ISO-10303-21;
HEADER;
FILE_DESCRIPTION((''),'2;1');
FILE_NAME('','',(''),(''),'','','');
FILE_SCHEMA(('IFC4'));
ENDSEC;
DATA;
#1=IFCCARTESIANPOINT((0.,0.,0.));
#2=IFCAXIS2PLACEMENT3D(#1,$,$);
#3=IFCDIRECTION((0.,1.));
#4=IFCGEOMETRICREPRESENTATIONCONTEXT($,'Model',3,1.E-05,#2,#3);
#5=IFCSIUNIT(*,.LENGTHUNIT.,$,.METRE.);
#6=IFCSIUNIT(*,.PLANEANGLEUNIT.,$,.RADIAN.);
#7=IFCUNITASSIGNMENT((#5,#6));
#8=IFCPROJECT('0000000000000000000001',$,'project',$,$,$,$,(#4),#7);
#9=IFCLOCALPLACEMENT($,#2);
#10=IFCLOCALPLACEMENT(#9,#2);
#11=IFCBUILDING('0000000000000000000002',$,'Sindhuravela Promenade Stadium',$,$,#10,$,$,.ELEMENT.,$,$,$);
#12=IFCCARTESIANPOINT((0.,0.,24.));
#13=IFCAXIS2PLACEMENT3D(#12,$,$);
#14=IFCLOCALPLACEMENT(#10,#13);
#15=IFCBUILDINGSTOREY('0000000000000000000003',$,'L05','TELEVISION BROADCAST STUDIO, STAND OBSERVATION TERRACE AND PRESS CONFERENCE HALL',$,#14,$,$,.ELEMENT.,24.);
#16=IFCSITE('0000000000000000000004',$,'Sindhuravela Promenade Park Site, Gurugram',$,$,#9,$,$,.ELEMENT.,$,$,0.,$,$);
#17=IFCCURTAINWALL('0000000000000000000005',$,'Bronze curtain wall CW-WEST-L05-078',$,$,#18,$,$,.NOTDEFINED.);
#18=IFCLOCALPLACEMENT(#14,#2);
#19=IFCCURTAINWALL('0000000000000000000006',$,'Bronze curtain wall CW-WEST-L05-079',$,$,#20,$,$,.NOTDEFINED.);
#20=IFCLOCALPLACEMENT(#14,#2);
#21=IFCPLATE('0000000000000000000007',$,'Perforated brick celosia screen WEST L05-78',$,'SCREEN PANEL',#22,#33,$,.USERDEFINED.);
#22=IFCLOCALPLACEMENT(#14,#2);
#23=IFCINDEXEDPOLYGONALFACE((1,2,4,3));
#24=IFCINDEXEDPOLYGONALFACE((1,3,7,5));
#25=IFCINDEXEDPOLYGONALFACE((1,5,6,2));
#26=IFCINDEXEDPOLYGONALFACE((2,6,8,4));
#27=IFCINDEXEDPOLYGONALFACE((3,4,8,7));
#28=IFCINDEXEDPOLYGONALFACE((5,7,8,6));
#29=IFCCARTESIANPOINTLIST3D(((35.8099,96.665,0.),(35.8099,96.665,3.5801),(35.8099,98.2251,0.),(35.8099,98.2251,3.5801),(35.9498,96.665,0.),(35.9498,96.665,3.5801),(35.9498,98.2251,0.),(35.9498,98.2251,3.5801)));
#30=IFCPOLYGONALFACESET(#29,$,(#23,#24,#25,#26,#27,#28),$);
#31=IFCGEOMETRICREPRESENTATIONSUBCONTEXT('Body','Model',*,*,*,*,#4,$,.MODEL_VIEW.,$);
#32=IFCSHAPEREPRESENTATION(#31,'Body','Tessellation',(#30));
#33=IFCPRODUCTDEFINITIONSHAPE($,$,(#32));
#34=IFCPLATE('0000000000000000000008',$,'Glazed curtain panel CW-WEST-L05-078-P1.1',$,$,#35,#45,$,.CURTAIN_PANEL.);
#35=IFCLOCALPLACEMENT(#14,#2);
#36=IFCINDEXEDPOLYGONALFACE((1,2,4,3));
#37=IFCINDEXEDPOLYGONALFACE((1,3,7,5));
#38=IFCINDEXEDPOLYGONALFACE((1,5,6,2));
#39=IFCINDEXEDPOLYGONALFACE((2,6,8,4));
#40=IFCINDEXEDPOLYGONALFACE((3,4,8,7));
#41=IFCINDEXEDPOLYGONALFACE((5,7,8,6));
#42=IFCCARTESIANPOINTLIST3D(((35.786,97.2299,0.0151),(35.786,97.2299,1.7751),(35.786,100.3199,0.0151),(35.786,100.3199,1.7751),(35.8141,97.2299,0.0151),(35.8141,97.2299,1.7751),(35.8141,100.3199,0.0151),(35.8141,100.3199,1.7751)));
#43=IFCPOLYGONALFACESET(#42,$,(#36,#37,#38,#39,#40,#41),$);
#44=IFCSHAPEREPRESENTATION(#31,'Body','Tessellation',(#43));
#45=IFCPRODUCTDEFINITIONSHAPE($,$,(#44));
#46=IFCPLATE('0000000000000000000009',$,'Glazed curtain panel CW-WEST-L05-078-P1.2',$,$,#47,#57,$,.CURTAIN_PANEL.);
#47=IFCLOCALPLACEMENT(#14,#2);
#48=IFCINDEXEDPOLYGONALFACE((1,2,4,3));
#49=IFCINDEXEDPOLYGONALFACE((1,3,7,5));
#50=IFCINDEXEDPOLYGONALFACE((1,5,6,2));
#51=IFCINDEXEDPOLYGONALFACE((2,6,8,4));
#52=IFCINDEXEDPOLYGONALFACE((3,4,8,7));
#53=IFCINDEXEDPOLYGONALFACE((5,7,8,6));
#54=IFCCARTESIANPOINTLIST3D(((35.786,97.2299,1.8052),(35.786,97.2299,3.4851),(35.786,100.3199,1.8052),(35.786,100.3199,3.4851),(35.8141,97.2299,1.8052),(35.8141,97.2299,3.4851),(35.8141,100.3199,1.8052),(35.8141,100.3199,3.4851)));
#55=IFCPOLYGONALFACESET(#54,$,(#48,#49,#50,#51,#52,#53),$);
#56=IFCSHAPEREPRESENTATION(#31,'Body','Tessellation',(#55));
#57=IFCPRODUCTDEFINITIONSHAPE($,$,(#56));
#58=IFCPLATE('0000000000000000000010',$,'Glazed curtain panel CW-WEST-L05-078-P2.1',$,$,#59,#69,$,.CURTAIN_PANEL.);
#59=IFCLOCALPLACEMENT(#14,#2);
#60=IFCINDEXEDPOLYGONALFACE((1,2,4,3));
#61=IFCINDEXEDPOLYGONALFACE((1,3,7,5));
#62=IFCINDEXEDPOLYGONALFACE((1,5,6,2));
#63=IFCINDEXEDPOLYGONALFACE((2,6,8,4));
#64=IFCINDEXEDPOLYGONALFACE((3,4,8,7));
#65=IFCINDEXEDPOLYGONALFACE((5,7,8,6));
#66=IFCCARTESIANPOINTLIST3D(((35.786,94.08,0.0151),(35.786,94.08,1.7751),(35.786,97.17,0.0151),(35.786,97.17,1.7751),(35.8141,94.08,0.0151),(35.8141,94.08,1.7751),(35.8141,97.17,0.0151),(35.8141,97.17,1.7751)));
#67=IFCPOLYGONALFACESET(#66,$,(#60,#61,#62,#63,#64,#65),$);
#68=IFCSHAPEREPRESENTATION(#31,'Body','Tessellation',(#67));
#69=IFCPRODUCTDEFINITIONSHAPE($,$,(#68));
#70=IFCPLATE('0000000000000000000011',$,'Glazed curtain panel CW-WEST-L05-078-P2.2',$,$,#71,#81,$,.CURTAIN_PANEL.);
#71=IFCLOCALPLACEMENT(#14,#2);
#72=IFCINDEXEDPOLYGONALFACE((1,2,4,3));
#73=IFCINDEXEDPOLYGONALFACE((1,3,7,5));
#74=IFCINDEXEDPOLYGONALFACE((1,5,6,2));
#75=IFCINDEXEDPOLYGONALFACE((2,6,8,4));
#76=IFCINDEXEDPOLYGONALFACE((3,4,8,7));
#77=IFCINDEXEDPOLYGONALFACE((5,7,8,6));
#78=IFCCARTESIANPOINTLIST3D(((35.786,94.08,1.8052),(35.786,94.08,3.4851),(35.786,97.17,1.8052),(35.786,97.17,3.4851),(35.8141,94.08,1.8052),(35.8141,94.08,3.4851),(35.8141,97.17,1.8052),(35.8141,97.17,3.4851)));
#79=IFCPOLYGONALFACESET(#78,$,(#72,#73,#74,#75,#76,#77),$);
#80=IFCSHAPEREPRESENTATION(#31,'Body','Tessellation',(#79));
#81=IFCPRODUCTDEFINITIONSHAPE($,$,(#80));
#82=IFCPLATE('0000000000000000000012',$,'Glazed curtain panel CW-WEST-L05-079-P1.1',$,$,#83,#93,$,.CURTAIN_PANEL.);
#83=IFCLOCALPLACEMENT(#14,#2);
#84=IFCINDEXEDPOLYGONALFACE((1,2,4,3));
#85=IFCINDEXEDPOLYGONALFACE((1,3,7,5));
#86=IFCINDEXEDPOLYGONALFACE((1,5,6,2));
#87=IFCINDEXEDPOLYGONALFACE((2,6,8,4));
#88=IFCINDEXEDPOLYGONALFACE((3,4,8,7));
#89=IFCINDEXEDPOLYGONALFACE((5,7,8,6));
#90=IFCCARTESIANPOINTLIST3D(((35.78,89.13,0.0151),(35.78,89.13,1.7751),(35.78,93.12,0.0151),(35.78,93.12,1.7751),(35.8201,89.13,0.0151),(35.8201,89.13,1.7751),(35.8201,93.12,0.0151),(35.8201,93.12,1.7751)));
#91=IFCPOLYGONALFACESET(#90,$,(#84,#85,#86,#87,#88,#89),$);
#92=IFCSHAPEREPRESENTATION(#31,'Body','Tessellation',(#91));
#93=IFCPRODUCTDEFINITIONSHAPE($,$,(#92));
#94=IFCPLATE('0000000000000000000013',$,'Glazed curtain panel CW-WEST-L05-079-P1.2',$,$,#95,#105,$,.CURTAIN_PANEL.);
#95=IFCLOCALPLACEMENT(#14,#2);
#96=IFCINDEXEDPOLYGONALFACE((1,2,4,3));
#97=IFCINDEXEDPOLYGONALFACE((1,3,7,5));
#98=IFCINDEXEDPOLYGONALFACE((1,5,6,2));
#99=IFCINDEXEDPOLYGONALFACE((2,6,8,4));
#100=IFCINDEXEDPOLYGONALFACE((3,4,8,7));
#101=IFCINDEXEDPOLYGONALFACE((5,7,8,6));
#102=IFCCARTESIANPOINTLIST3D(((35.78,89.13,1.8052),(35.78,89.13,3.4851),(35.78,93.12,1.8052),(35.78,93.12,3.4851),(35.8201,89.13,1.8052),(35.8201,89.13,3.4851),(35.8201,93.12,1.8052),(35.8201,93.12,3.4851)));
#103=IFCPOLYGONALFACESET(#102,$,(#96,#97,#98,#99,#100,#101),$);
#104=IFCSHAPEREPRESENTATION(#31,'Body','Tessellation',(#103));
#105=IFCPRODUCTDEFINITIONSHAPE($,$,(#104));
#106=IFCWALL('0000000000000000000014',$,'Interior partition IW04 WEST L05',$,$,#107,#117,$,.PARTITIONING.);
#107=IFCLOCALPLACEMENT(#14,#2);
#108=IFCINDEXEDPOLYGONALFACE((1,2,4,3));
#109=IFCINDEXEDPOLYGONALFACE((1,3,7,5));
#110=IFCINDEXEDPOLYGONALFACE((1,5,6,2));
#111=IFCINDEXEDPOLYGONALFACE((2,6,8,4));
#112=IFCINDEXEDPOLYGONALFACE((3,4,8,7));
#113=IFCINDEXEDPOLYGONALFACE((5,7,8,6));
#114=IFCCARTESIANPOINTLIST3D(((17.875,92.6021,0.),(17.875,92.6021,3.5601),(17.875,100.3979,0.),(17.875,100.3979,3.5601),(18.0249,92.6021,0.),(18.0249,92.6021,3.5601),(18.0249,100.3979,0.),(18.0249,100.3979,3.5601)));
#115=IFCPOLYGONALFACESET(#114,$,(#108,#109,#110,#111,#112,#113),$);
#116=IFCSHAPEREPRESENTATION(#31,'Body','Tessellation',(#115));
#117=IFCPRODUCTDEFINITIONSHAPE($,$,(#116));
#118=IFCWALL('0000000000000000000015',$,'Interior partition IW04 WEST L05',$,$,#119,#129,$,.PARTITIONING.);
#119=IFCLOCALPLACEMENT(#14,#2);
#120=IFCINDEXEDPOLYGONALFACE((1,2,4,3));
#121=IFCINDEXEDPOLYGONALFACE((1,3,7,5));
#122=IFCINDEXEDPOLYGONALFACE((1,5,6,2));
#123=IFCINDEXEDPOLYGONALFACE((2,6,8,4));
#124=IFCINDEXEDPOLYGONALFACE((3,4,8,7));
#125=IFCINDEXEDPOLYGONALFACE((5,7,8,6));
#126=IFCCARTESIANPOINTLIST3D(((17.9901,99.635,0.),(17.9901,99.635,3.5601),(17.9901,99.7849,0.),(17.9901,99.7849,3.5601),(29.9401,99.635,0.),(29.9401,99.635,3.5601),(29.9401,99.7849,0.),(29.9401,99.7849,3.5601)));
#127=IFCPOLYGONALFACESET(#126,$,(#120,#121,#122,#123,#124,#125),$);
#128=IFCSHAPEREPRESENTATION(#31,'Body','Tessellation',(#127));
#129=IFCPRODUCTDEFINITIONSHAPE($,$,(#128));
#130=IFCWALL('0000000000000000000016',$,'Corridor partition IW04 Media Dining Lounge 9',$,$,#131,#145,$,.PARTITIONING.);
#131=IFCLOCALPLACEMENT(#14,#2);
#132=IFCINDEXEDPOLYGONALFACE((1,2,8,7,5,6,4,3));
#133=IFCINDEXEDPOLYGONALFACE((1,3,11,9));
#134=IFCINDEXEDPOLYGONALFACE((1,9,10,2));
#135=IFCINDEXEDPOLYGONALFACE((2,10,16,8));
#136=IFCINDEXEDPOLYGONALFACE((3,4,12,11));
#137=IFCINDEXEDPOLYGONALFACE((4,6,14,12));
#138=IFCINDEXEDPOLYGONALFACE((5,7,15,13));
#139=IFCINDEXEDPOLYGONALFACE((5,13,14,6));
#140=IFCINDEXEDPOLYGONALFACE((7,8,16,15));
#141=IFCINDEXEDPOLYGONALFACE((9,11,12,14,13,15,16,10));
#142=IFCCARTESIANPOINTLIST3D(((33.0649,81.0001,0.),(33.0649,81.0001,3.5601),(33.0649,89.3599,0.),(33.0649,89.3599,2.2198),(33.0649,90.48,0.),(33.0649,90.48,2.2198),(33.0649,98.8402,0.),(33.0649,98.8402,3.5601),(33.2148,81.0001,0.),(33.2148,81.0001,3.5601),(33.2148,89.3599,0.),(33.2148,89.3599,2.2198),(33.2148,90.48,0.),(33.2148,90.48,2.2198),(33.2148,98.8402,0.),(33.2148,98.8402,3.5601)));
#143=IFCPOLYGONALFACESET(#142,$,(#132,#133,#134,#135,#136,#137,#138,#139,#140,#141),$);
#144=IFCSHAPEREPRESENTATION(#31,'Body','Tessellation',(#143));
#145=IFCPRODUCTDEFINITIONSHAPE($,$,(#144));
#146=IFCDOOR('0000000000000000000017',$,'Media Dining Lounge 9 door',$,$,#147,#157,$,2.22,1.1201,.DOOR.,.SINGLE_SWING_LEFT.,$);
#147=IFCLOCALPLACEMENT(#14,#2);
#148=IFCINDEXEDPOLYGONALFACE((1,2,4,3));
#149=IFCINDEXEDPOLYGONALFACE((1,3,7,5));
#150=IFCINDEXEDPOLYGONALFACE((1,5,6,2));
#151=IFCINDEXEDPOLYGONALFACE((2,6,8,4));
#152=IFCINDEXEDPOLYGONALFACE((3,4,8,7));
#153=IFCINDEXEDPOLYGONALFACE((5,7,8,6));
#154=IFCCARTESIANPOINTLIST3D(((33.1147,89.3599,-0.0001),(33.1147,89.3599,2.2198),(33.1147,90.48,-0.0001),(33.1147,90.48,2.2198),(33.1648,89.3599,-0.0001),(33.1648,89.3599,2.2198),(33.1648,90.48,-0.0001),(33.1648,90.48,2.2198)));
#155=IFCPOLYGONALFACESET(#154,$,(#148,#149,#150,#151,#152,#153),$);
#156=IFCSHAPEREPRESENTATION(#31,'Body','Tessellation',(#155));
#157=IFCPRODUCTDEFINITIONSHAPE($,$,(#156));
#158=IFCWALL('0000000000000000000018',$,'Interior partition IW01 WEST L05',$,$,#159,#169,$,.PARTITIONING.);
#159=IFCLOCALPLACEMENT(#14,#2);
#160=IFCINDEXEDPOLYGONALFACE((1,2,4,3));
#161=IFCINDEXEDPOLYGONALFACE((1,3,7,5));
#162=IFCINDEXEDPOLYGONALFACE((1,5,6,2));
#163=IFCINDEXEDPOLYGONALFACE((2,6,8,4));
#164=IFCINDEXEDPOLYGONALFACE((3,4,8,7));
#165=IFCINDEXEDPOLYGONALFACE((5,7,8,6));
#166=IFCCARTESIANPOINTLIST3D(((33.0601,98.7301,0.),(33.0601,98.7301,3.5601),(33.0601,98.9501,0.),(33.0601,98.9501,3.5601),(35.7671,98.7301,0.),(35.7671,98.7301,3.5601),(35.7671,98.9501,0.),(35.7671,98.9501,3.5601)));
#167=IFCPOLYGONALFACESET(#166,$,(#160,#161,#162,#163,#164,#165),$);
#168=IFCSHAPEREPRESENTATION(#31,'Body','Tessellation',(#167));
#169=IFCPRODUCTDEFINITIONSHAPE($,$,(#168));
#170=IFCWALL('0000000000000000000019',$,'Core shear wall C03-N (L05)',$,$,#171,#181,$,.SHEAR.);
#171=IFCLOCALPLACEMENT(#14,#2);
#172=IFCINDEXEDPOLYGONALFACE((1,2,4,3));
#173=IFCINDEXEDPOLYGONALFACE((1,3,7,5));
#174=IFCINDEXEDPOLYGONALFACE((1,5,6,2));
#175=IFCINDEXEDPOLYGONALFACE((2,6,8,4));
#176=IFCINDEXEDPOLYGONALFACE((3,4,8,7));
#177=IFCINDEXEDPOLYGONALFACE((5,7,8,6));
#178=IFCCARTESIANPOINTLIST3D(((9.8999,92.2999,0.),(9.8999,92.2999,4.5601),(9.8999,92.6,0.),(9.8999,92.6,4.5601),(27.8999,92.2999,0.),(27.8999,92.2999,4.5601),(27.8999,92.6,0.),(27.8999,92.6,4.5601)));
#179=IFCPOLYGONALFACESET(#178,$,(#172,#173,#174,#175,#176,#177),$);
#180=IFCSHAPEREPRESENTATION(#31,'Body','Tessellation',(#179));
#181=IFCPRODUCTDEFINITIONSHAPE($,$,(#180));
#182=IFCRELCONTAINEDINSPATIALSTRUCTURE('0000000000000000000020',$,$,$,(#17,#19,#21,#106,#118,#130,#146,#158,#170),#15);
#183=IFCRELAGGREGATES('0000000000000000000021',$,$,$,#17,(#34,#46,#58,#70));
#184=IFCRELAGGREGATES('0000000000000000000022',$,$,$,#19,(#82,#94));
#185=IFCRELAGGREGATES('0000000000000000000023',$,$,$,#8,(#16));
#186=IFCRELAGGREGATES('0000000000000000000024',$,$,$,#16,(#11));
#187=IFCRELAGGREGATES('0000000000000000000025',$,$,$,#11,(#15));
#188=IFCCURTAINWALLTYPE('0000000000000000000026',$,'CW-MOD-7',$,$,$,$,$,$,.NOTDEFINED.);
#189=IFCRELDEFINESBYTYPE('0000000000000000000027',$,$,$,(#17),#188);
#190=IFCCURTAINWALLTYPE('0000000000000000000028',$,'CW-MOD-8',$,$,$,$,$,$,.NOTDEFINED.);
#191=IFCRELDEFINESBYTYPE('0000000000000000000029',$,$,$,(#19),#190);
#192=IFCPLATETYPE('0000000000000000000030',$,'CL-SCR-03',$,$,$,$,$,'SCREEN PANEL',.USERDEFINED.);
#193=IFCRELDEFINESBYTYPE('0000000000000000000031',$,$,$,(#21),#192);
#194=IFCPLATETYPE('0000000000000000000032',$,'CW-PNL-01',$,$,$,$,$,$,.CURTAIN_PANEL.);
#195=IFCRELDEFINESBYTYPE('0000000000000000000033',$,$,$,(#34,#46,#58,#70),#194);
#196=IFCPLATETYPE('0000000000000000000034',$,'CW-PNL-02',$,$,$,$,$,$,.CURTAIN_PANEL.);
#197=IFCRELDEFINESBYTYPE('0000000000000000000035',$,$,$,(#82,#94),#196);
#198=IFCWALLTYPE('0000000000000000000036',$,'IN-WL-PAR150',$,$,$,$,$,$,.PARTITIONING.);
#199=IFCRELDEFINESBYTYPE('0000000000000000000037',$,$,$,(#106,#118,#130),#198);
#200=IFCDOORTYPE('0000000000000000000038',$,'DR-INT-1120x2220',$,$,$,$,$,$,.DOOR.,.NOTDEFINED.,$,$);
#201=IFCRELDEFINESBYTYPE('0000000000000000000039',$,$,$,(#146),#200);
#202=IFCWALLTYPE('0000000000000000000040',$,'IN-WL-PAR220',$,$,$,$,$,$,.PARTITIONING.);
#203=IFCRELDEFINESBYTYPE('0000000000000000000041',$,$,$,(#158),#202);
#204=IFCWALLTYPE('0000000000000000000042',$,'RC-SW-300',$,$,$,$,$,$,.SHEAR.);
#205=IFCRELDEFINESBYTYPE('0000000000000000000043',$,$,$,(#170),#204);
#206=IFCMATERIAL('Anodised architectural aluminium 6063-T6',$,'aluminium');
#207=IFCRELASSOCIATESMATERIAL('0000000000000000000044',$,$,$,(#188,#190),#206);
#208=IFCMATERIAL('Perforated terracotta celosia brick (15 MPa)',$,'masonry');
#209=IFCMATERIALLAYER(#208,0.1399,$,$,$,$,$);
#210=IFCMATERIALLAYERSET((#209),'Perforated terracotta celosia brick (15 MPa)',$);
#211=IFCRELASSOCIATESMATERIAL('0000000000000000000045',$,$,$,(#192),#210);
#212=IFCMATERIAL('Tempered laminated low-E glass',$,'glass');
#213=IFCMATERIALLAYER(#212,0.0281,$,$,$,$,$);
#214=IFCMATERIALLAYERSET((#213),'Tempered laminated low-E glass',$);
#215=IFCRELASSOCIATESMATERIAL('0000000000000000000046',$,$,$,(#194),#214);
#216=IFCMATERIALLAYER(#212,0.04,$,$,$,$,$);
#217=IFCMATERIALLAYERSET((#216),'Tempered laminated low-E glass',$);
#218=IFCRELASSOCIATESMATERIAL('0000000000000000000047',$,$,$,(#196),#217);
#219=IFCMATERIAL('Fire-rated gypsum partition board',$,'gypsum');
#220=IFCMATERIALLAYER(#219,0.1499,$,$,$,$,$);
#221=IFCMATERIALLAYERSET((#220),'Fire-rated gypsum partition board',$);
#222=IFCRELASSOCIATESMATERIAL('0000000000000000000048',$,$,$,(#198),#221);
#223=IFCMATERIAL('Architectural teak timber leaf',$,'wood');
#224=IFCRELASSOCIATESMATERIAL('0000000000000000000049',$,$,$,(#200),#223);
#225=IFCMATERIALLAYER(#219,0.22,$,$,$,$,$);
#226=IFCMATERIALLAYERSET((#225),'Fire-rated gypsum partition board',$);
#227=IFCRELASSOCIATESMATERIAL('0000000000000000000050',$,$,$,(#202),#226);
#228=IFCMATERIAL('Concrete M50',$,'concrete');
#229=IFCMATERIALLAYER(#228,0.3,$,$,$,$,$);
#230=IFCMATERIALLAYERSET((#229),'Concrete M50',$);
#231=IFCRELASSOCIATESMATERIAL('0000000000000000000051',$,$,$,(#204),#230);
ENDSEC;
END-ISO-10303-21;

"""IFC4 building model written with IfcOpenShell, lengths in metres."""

from ifc_helpers import new_model, si_unit, direction, frame, frame_2d, origin, origin_2d, place, context, subcontext, project, spatial, rectangle, extrude, material, layer, layer_set, type_object, element, fill, aggregate, save


model = new_model("IFC4")

# Units and contexts
model_context = context("Model", 3, precision=1e-05, world=origin(), true_north=direction((0.0, 1.0)))
body_context = subcontext(model_context, "Body", "Model", "MODEL_VIEW")
ifc_project = project(units=[si_unit("LENGTHUNIT", "METRE"), si_unit("PLANEANGLEUNIT", "RADIAN")], contexts=[model_context])

# Site, building, storey
site_placement = place(None, origin())
site = spatial("IfcSite", under=ifc_project, at=site_placement, Name="Sindhuravela Promenade Park Site, Gurugram", CompositionType="ELEMENT", RefElevation=0.0)
building_placement = place(site_placement, origin())
building = spatial("IfcBuilding", under=site, at=building_placement, Name="Sindhuravela Promenade Stadium", CompositionType="ELEMENT")
storey_placement = place(building_placement, frame((0.0, 0.0, 24.0)))
storey = spatial("IfcBuildingStorey", under=building, at=storey_placement, Name="L05", Description="TELEVISION BROADCAST STUDIO, STAND OBSERVATION TERRACE AND PRESS CONFERENCE HALL", CompositionType="ELEMENT", Elevation=24.0)

# Curtain walls
ifc_material_1 = material(Name="Anodised architectural aluminium 6063-T6", Category="aluminium")
curtain_wall_type_1 = type_object("IfcCurtainWallType", Name="CW-MOD-7", PredefinedType="NOTDEFINED", material=ifc_material_1)
curtain_wall_1_placement = place(storey_placement, origin())
curtain_wall_1 = element("IfcCurtainWall", 1, at=curtain_wall_1_placement, inside=storey, type_object=curtain_wall_type_1, Name="Bronze curtain wall CW-WEST-L05-078", PredefinedType="NOTDEFINED")
curtain_wall_type_2 = type_object("IfcCurtainWallType", Name="CW-MOD-8", PredefinedType="NOTDEFINED", material=ifc_material_1)
curtain_wall_2_placement = place(storey_placement, origin())
curtain_wall_2 = element("IfcCurtainWall", 2, at=curtain_wall_2_placement, inside=storey, type_object=curtain_wall_type_2, Name="Bronze curtain wall CW-WEST-L05-079", PredefinedType="NOTDEFINED")

# Plate
ifc_material_2 = material(Name="Perforated terracotta celosia brick (15 MPa)", Category="masonry")
ifc_layer_1 = layer(ifc_material_2, 0.1399)
ifc_layer_set_1 = layer_set([ifc_layer_1], Name="Perforated terracotta celosia brick (15 MPa)")
plate_type_1 = type_object("IfcPlateType", Name="CL-SCR-03", ElementType="SCREEN PANEL", PredefinedType="USERDEFINED", material=ifc_layer_set_1)
plate_1_placement = place(storey_placement, frame((35.8799, 97.4451, 0.0), z_axis=(0.0, 0.0, 1.0), x_axis=(0.0, -1.0, 0.0)))
element("IfcPlate", 3, at=plate_1_placement, inside=storey, type_object=plate_type_1, Name="Perforated brick celosia screen WEST L05-78", ObjectType="SCREEN PANEL", PredefinedType="USERDEFINED", context=body_context, shape_type="SweptSolid", body=[
    extrude(rectangle(XDim=1.5601, YDim=0.1399, at=origin_2d()), origin(), (0.0, 0.0, 1.0), 3.5801),
])

# Plates
ifc_material_3 = material(Name="Tempered laminated low-E glass", Category="glass")
ifc_layer_2 = layer(ifc_material_3, 0.0281)
ifc_layer_set_2 = layer_set([ifc_layer_2], Name="Tempered laminated low-E glass")
plate_type_2 = type_object("IfcPlateType", Name="CW-PNL-01", PredefinedType="CURTAIN_PANEL", material=ifc_layer_set_2)
plate_2_placement = place(storey_placement, frame((35.8, 98.7749, 0.0151), z_axis=(0.0, 0.0, 1.0), x_axis=(0.0, -1.0, 0.0)))
plate_2 = element("IfcPlate", 4, at=plate_2_placement, type_object=plate_type_2, Name="Glazed curtain panel CW-WEST-L05-078-P1.1", PredefinedType="CURTAIN_PANEL", context=body_context, shape_type="SweptSolid", body=[
    extrude(rectangle(XDim=3.0901, YDim=0.0281, at=origin_2d()), origin(), (0.0, 0.0, 1.0), 1.76),
])
plate_3_placement = place(storey_placement, frame((35.8, 98.7749, 1.8052), z_axis=(0.0, 0.0, 1.0), x_axis=(0.0, -1.0, 0.0)))
plate_3 = element("IfcPlate", 5, at=plate_3_placement, type_object=plate_type_2, Name="Glazed curtain panel CW-WEST-L05-078-P1.2", PredefinedType="CURTAIN_PANEL", context=body_context, shape_type="SweptSolid", body=[
    extrude(rectangle(XDim=3.0901, YDim=0.0281, at=origin_2d()), origin(), (0.0, 0.0, 1.0), 1.6799),
])
plate_4_placement = place(storey_placement, frame((35.8, 95.625, 0.0151), z_axis=(0.0, 0.0, 1.0), x_axis=(0.0, -1.0, 0.0)))
plate_4 = element("IfcPlate", 6, at=plate_4_placement, type_object=plate_type_2, Name="Glazed curtain panel CW-WEST-L05-078-P2.1", PredefinedType="CURTAIN_PANEL", context=body_context, shape_type="SweptSolid", body=[
    extrude(rectangle(XDim=3.0901, YDim=0.0281, at=origin_2d()), origin(), (0.0, 0.0, 1.0), 1.76),
])
plate_5_placement = place(storey_placement, frame((35.8, 95.625, 1.8052), z_axis=(0.0, 0.0, 1.0), x_axis=(0.0, -1.0, 0.0)))
plate_5 = element("IfcPlate", 7, at=plate_5_placement, type_object=plate_type_2, Name="Glazed curtain panel CW-WEST-L05-078-P2.2", PredefinedType="CURTAIN_PANEL", context=body_context, shape_type="SweptSolid", body=[
    extrude(rectangle(XDim=3.0901, YDim=0.0281, at=origin_2d()), origin(), (0.0, 0.0, 1.0), 1.6799),
])
aggregate(curtain_wall_1, [plate_2, plate_3, plate_4, plate_5])
ifc_layer_3 = layer(ifc_material_3, 0.04)
ifc_layer_set_3 = layer_set([ifc_layer_3], Name="Tempered laminated low-E glass")
plate_type_3 = type_object("IfcPlateType", Name="CW-PNL-02", PredefinedType="CURTAIN_PANEL", material=ifc_layer_set_3)
plate_6_placement = place(storey_placement, frame((35.8, 91.125, 0.0151), z_axis=(0.0, 0.0, 1.0), x_axis=(0.0, -1.0, 0.0)))
plate_6 = element("IfcPlate", 8, at=plate_6_placement, type_object=plate_type_3, Name="Glazed curtain panel CW-WEST-L05-079-P1.1", PredefinedType="CURTAIN_PANEL", context=body_context, shape_type="SweptSolid", body=[
    extrude(rectangle(XDim=3.99, YDim=0.04, at=origin_2d()), origin(), (0.0, 0.0, 1.0), 1.76),
])
plate_7_placement = place(storey_placement, frame((35.8, 91.125, 1.8052), z_axis=(0.0, 0.0, 1.0), x_axis=(0.0, -1.0, 0.0)))
plate_7 = element("IfcPlate", 9, at=plate_7_placement, type_object=plate_type_3, Name="Glazed curtain panel CW-WEST-L05-079-P1.2", PredefinedType="CURTAIN_PANEL", context=body_context, shape_type="SweptSolid", body=[
    extrude(rectangle(XDim=3.99, YDim=0.04, at=origin_2d()), origin(), (0.0, 0.0, 1.0), 1.6799),
])
aggregate(curtain_wall_2, [plate_6, plate_7])

# Walls
ifc_material_4 = material(Name="Fire-rated gypsum partition board", Category="gypsum")
ifc_layer_4 = layer(ifc_material_4, 0.1499)
ifc_layer_set_4 = layer_set([ifc_layer_4], Name="Fire-rated gypsum partition board")
wall_type_1 = type_object("IfcWallType", Name="IN-WL-PAR150", PredefinedType="PARTITIONING", material=ifc_layer_set_4)
wall_1_placement = place(storey_placement, frame((17.95, 100.3979, 0.0), z_axis=(0.0, 0.0, 1.0), x_axis=(0.0, -1.0, 0.0)))
element("IfcWall", 10, at=wall_1_placement, inside=storey, type_object=wall_type_1, Name="Interior partition IW04 WEST L05", PredefinedType="PARTITIONING", context=body_context, shape_type="SweptSolid", body=[
    extrude(rectangle(XDim=7.7959, YDim=0.1499, at=frame_2d((3.8979, 0.0))), origin(), (0.0, 0.0, 1.0), 3.5601),
])
wall_2_placement = place(storey_placement, frame((17.99, 99.71, 0.0), z_axis=(0.0, 0.0, 1.0), x_axis=(1.0, 0.0, 0.0)))
element("IfcWall", 11, at=wall_2_placement, inside=storey, type_object=wall_type_1, Name="Interior partition IW04 WEST L05", PredefinedType="PARTITIONING", context=body_context, shape_type="SweptSolid", body=[
    extrude(rectangle(XDim=11.95, YDim=0.1499, at=frame_2d((5.9751, 0.0))), origin(), (0.0, 0.0, 1.0), 3.5601),
])

# Wall, opening, door
wall_3_placement = place(storey_placement, frame((33.1399, 98.8401, 0.0), z_axis=(0.0, 0.0, 1.0), x_axis=(0.0, -1.0, 0.0)))
wall_3 = element("IfcWall", 12, at=wall_3_placement, inside=storey, type_object=wall_type_1, Name="Corridor partition IW04 Media Dining Lounge 9", PredefinedType="PARTITIONING", context=body_context, shape_type="SweptSolid", body=[
    extrude(rectangle(XDim=17.8401, YDim=0.1499, at=frame_2d((8.9199, 0.0))), origin(), (0.0, 0.0, 1.0), 3.5601),
])
opening_1_placement = place(wall_3_placement, frame((8.3601, 0.0, 0.0)))
opening_1 = element("IfcOpeningElement", 13, at=opening_1_placement, cuts=wall_3, PredefinedType="OPENING", context=body_context, shape_type="SweptSolid", body=[
    extrude(rectangle(XDim=1.1201, YDim=2.22, at=frame_2d((0.5601, 1.1099))), frame((0.0, 0.085, 0.0), z_axis=(0.0, -1.0, 0.0), x_axis=(1.0, 0.0, 0.0)), (0.0, 0.0, 1.0), 0.1699),
])
ifc_material_5 = material(Name="Architectural teak timber leaf", Category="wood")
door_type_1 = type_object("IfcDoorType", Name="DR-INT-1120x2220", OperationType="NOTDEFINED", PredefinedType="DOOR", material=ifc_material_5)
door_1_placement = place(opening_1_placement, origin())
door_1 = element("IfcDoor", 14, at=door_1_placement, inside=storey, type_object=door_type_1, Name="Media Dining Lounge 9 door", OperationType="SINGLE_SWING_LEFT", OverallHeight=2.22, OverallWidth=1.1201, PredefinedType="DOOR", context=body_context, shape_type="SweptSolid", body=[
    extrude(rectangle(XDim=1.1201, YDim=2.22, at=frame_2d((0.5601, 1.1099))), frame((0.0, 0.0249, 0.0), z_axis=(0.0, -1.0, 0.0), x_axis=(1.0, 0.0, 0.0)), (0.0, 0.0, 1.0), 0.05),
])
fill(opening_1, door_1)

# Walls
ifc_layer_5 = layer(ifc_material_4, 0.22)
ifc_layer_set_5 = layer_set([ifc_layer_5], Name="Fire-rated gypsum partition board")
wall_type_2 = type_object("IfcWallType", Name="IN-WL-PAR220", PredefinedType="PARTITIONING", material=ifc_layer_set_5)
wall_4_placement = place(storey_placement, frame((35.7671, 98.8401, 0.0), z_axis=(0.0, 0.0, 1.0), x_axis=(-1.0, 0.0, 0.0)))
element("IfcWall", 15, at=wall_4_placement, inside=storey, type_object=wall_type_2, Name="Interior partition IW01 WEST L05", PredefinedType="PARTITIONING", context=body_context, shape_type="SweptSolid", body=[
    extrude(rectangle(XDim=2.707, YDim=0.22, at=frame_2d((1.3535, 0.0))), origin(), (0.0, 0.0, 1.0), 3.5601),
])
ifc_material_6 = material(Name="Concrete M50", Category="concrete")
ifc_layer_6 = layer(ifc_material_6, 0.3)
ifc_layer_set_6 = layer_set([ifc_layer_6], Name="Concrete M50")
wall_type_3 = type_object("IfcWallType", Name="RC-SW-300", PredefinedType="SHEAR", material=ifc_layer_set_6)
wall_5_placement = place(storey_placement, frame((27.8999, 92.45, 0.0), z_axis=(0.0, 0.0, 1.0), x_axis=(-1.0, 0.0, 0.0)))
element("IfcWall", 16, at=wall_5_placement, inside=storey, type_object=wall_type_3, Name="Core shear wall C03-N (L05)", PredefinedType="SHEAR", context=body_context, shape_type="SweptSolid", body=[
    extrude(rectangle(XDim=18.0, YDim=0.3, at=frame_2d((9.0, 0.0))), origin(), (0.0, 0.0, 1.0), 4.5601),
])

save(model, "model.ifc")
